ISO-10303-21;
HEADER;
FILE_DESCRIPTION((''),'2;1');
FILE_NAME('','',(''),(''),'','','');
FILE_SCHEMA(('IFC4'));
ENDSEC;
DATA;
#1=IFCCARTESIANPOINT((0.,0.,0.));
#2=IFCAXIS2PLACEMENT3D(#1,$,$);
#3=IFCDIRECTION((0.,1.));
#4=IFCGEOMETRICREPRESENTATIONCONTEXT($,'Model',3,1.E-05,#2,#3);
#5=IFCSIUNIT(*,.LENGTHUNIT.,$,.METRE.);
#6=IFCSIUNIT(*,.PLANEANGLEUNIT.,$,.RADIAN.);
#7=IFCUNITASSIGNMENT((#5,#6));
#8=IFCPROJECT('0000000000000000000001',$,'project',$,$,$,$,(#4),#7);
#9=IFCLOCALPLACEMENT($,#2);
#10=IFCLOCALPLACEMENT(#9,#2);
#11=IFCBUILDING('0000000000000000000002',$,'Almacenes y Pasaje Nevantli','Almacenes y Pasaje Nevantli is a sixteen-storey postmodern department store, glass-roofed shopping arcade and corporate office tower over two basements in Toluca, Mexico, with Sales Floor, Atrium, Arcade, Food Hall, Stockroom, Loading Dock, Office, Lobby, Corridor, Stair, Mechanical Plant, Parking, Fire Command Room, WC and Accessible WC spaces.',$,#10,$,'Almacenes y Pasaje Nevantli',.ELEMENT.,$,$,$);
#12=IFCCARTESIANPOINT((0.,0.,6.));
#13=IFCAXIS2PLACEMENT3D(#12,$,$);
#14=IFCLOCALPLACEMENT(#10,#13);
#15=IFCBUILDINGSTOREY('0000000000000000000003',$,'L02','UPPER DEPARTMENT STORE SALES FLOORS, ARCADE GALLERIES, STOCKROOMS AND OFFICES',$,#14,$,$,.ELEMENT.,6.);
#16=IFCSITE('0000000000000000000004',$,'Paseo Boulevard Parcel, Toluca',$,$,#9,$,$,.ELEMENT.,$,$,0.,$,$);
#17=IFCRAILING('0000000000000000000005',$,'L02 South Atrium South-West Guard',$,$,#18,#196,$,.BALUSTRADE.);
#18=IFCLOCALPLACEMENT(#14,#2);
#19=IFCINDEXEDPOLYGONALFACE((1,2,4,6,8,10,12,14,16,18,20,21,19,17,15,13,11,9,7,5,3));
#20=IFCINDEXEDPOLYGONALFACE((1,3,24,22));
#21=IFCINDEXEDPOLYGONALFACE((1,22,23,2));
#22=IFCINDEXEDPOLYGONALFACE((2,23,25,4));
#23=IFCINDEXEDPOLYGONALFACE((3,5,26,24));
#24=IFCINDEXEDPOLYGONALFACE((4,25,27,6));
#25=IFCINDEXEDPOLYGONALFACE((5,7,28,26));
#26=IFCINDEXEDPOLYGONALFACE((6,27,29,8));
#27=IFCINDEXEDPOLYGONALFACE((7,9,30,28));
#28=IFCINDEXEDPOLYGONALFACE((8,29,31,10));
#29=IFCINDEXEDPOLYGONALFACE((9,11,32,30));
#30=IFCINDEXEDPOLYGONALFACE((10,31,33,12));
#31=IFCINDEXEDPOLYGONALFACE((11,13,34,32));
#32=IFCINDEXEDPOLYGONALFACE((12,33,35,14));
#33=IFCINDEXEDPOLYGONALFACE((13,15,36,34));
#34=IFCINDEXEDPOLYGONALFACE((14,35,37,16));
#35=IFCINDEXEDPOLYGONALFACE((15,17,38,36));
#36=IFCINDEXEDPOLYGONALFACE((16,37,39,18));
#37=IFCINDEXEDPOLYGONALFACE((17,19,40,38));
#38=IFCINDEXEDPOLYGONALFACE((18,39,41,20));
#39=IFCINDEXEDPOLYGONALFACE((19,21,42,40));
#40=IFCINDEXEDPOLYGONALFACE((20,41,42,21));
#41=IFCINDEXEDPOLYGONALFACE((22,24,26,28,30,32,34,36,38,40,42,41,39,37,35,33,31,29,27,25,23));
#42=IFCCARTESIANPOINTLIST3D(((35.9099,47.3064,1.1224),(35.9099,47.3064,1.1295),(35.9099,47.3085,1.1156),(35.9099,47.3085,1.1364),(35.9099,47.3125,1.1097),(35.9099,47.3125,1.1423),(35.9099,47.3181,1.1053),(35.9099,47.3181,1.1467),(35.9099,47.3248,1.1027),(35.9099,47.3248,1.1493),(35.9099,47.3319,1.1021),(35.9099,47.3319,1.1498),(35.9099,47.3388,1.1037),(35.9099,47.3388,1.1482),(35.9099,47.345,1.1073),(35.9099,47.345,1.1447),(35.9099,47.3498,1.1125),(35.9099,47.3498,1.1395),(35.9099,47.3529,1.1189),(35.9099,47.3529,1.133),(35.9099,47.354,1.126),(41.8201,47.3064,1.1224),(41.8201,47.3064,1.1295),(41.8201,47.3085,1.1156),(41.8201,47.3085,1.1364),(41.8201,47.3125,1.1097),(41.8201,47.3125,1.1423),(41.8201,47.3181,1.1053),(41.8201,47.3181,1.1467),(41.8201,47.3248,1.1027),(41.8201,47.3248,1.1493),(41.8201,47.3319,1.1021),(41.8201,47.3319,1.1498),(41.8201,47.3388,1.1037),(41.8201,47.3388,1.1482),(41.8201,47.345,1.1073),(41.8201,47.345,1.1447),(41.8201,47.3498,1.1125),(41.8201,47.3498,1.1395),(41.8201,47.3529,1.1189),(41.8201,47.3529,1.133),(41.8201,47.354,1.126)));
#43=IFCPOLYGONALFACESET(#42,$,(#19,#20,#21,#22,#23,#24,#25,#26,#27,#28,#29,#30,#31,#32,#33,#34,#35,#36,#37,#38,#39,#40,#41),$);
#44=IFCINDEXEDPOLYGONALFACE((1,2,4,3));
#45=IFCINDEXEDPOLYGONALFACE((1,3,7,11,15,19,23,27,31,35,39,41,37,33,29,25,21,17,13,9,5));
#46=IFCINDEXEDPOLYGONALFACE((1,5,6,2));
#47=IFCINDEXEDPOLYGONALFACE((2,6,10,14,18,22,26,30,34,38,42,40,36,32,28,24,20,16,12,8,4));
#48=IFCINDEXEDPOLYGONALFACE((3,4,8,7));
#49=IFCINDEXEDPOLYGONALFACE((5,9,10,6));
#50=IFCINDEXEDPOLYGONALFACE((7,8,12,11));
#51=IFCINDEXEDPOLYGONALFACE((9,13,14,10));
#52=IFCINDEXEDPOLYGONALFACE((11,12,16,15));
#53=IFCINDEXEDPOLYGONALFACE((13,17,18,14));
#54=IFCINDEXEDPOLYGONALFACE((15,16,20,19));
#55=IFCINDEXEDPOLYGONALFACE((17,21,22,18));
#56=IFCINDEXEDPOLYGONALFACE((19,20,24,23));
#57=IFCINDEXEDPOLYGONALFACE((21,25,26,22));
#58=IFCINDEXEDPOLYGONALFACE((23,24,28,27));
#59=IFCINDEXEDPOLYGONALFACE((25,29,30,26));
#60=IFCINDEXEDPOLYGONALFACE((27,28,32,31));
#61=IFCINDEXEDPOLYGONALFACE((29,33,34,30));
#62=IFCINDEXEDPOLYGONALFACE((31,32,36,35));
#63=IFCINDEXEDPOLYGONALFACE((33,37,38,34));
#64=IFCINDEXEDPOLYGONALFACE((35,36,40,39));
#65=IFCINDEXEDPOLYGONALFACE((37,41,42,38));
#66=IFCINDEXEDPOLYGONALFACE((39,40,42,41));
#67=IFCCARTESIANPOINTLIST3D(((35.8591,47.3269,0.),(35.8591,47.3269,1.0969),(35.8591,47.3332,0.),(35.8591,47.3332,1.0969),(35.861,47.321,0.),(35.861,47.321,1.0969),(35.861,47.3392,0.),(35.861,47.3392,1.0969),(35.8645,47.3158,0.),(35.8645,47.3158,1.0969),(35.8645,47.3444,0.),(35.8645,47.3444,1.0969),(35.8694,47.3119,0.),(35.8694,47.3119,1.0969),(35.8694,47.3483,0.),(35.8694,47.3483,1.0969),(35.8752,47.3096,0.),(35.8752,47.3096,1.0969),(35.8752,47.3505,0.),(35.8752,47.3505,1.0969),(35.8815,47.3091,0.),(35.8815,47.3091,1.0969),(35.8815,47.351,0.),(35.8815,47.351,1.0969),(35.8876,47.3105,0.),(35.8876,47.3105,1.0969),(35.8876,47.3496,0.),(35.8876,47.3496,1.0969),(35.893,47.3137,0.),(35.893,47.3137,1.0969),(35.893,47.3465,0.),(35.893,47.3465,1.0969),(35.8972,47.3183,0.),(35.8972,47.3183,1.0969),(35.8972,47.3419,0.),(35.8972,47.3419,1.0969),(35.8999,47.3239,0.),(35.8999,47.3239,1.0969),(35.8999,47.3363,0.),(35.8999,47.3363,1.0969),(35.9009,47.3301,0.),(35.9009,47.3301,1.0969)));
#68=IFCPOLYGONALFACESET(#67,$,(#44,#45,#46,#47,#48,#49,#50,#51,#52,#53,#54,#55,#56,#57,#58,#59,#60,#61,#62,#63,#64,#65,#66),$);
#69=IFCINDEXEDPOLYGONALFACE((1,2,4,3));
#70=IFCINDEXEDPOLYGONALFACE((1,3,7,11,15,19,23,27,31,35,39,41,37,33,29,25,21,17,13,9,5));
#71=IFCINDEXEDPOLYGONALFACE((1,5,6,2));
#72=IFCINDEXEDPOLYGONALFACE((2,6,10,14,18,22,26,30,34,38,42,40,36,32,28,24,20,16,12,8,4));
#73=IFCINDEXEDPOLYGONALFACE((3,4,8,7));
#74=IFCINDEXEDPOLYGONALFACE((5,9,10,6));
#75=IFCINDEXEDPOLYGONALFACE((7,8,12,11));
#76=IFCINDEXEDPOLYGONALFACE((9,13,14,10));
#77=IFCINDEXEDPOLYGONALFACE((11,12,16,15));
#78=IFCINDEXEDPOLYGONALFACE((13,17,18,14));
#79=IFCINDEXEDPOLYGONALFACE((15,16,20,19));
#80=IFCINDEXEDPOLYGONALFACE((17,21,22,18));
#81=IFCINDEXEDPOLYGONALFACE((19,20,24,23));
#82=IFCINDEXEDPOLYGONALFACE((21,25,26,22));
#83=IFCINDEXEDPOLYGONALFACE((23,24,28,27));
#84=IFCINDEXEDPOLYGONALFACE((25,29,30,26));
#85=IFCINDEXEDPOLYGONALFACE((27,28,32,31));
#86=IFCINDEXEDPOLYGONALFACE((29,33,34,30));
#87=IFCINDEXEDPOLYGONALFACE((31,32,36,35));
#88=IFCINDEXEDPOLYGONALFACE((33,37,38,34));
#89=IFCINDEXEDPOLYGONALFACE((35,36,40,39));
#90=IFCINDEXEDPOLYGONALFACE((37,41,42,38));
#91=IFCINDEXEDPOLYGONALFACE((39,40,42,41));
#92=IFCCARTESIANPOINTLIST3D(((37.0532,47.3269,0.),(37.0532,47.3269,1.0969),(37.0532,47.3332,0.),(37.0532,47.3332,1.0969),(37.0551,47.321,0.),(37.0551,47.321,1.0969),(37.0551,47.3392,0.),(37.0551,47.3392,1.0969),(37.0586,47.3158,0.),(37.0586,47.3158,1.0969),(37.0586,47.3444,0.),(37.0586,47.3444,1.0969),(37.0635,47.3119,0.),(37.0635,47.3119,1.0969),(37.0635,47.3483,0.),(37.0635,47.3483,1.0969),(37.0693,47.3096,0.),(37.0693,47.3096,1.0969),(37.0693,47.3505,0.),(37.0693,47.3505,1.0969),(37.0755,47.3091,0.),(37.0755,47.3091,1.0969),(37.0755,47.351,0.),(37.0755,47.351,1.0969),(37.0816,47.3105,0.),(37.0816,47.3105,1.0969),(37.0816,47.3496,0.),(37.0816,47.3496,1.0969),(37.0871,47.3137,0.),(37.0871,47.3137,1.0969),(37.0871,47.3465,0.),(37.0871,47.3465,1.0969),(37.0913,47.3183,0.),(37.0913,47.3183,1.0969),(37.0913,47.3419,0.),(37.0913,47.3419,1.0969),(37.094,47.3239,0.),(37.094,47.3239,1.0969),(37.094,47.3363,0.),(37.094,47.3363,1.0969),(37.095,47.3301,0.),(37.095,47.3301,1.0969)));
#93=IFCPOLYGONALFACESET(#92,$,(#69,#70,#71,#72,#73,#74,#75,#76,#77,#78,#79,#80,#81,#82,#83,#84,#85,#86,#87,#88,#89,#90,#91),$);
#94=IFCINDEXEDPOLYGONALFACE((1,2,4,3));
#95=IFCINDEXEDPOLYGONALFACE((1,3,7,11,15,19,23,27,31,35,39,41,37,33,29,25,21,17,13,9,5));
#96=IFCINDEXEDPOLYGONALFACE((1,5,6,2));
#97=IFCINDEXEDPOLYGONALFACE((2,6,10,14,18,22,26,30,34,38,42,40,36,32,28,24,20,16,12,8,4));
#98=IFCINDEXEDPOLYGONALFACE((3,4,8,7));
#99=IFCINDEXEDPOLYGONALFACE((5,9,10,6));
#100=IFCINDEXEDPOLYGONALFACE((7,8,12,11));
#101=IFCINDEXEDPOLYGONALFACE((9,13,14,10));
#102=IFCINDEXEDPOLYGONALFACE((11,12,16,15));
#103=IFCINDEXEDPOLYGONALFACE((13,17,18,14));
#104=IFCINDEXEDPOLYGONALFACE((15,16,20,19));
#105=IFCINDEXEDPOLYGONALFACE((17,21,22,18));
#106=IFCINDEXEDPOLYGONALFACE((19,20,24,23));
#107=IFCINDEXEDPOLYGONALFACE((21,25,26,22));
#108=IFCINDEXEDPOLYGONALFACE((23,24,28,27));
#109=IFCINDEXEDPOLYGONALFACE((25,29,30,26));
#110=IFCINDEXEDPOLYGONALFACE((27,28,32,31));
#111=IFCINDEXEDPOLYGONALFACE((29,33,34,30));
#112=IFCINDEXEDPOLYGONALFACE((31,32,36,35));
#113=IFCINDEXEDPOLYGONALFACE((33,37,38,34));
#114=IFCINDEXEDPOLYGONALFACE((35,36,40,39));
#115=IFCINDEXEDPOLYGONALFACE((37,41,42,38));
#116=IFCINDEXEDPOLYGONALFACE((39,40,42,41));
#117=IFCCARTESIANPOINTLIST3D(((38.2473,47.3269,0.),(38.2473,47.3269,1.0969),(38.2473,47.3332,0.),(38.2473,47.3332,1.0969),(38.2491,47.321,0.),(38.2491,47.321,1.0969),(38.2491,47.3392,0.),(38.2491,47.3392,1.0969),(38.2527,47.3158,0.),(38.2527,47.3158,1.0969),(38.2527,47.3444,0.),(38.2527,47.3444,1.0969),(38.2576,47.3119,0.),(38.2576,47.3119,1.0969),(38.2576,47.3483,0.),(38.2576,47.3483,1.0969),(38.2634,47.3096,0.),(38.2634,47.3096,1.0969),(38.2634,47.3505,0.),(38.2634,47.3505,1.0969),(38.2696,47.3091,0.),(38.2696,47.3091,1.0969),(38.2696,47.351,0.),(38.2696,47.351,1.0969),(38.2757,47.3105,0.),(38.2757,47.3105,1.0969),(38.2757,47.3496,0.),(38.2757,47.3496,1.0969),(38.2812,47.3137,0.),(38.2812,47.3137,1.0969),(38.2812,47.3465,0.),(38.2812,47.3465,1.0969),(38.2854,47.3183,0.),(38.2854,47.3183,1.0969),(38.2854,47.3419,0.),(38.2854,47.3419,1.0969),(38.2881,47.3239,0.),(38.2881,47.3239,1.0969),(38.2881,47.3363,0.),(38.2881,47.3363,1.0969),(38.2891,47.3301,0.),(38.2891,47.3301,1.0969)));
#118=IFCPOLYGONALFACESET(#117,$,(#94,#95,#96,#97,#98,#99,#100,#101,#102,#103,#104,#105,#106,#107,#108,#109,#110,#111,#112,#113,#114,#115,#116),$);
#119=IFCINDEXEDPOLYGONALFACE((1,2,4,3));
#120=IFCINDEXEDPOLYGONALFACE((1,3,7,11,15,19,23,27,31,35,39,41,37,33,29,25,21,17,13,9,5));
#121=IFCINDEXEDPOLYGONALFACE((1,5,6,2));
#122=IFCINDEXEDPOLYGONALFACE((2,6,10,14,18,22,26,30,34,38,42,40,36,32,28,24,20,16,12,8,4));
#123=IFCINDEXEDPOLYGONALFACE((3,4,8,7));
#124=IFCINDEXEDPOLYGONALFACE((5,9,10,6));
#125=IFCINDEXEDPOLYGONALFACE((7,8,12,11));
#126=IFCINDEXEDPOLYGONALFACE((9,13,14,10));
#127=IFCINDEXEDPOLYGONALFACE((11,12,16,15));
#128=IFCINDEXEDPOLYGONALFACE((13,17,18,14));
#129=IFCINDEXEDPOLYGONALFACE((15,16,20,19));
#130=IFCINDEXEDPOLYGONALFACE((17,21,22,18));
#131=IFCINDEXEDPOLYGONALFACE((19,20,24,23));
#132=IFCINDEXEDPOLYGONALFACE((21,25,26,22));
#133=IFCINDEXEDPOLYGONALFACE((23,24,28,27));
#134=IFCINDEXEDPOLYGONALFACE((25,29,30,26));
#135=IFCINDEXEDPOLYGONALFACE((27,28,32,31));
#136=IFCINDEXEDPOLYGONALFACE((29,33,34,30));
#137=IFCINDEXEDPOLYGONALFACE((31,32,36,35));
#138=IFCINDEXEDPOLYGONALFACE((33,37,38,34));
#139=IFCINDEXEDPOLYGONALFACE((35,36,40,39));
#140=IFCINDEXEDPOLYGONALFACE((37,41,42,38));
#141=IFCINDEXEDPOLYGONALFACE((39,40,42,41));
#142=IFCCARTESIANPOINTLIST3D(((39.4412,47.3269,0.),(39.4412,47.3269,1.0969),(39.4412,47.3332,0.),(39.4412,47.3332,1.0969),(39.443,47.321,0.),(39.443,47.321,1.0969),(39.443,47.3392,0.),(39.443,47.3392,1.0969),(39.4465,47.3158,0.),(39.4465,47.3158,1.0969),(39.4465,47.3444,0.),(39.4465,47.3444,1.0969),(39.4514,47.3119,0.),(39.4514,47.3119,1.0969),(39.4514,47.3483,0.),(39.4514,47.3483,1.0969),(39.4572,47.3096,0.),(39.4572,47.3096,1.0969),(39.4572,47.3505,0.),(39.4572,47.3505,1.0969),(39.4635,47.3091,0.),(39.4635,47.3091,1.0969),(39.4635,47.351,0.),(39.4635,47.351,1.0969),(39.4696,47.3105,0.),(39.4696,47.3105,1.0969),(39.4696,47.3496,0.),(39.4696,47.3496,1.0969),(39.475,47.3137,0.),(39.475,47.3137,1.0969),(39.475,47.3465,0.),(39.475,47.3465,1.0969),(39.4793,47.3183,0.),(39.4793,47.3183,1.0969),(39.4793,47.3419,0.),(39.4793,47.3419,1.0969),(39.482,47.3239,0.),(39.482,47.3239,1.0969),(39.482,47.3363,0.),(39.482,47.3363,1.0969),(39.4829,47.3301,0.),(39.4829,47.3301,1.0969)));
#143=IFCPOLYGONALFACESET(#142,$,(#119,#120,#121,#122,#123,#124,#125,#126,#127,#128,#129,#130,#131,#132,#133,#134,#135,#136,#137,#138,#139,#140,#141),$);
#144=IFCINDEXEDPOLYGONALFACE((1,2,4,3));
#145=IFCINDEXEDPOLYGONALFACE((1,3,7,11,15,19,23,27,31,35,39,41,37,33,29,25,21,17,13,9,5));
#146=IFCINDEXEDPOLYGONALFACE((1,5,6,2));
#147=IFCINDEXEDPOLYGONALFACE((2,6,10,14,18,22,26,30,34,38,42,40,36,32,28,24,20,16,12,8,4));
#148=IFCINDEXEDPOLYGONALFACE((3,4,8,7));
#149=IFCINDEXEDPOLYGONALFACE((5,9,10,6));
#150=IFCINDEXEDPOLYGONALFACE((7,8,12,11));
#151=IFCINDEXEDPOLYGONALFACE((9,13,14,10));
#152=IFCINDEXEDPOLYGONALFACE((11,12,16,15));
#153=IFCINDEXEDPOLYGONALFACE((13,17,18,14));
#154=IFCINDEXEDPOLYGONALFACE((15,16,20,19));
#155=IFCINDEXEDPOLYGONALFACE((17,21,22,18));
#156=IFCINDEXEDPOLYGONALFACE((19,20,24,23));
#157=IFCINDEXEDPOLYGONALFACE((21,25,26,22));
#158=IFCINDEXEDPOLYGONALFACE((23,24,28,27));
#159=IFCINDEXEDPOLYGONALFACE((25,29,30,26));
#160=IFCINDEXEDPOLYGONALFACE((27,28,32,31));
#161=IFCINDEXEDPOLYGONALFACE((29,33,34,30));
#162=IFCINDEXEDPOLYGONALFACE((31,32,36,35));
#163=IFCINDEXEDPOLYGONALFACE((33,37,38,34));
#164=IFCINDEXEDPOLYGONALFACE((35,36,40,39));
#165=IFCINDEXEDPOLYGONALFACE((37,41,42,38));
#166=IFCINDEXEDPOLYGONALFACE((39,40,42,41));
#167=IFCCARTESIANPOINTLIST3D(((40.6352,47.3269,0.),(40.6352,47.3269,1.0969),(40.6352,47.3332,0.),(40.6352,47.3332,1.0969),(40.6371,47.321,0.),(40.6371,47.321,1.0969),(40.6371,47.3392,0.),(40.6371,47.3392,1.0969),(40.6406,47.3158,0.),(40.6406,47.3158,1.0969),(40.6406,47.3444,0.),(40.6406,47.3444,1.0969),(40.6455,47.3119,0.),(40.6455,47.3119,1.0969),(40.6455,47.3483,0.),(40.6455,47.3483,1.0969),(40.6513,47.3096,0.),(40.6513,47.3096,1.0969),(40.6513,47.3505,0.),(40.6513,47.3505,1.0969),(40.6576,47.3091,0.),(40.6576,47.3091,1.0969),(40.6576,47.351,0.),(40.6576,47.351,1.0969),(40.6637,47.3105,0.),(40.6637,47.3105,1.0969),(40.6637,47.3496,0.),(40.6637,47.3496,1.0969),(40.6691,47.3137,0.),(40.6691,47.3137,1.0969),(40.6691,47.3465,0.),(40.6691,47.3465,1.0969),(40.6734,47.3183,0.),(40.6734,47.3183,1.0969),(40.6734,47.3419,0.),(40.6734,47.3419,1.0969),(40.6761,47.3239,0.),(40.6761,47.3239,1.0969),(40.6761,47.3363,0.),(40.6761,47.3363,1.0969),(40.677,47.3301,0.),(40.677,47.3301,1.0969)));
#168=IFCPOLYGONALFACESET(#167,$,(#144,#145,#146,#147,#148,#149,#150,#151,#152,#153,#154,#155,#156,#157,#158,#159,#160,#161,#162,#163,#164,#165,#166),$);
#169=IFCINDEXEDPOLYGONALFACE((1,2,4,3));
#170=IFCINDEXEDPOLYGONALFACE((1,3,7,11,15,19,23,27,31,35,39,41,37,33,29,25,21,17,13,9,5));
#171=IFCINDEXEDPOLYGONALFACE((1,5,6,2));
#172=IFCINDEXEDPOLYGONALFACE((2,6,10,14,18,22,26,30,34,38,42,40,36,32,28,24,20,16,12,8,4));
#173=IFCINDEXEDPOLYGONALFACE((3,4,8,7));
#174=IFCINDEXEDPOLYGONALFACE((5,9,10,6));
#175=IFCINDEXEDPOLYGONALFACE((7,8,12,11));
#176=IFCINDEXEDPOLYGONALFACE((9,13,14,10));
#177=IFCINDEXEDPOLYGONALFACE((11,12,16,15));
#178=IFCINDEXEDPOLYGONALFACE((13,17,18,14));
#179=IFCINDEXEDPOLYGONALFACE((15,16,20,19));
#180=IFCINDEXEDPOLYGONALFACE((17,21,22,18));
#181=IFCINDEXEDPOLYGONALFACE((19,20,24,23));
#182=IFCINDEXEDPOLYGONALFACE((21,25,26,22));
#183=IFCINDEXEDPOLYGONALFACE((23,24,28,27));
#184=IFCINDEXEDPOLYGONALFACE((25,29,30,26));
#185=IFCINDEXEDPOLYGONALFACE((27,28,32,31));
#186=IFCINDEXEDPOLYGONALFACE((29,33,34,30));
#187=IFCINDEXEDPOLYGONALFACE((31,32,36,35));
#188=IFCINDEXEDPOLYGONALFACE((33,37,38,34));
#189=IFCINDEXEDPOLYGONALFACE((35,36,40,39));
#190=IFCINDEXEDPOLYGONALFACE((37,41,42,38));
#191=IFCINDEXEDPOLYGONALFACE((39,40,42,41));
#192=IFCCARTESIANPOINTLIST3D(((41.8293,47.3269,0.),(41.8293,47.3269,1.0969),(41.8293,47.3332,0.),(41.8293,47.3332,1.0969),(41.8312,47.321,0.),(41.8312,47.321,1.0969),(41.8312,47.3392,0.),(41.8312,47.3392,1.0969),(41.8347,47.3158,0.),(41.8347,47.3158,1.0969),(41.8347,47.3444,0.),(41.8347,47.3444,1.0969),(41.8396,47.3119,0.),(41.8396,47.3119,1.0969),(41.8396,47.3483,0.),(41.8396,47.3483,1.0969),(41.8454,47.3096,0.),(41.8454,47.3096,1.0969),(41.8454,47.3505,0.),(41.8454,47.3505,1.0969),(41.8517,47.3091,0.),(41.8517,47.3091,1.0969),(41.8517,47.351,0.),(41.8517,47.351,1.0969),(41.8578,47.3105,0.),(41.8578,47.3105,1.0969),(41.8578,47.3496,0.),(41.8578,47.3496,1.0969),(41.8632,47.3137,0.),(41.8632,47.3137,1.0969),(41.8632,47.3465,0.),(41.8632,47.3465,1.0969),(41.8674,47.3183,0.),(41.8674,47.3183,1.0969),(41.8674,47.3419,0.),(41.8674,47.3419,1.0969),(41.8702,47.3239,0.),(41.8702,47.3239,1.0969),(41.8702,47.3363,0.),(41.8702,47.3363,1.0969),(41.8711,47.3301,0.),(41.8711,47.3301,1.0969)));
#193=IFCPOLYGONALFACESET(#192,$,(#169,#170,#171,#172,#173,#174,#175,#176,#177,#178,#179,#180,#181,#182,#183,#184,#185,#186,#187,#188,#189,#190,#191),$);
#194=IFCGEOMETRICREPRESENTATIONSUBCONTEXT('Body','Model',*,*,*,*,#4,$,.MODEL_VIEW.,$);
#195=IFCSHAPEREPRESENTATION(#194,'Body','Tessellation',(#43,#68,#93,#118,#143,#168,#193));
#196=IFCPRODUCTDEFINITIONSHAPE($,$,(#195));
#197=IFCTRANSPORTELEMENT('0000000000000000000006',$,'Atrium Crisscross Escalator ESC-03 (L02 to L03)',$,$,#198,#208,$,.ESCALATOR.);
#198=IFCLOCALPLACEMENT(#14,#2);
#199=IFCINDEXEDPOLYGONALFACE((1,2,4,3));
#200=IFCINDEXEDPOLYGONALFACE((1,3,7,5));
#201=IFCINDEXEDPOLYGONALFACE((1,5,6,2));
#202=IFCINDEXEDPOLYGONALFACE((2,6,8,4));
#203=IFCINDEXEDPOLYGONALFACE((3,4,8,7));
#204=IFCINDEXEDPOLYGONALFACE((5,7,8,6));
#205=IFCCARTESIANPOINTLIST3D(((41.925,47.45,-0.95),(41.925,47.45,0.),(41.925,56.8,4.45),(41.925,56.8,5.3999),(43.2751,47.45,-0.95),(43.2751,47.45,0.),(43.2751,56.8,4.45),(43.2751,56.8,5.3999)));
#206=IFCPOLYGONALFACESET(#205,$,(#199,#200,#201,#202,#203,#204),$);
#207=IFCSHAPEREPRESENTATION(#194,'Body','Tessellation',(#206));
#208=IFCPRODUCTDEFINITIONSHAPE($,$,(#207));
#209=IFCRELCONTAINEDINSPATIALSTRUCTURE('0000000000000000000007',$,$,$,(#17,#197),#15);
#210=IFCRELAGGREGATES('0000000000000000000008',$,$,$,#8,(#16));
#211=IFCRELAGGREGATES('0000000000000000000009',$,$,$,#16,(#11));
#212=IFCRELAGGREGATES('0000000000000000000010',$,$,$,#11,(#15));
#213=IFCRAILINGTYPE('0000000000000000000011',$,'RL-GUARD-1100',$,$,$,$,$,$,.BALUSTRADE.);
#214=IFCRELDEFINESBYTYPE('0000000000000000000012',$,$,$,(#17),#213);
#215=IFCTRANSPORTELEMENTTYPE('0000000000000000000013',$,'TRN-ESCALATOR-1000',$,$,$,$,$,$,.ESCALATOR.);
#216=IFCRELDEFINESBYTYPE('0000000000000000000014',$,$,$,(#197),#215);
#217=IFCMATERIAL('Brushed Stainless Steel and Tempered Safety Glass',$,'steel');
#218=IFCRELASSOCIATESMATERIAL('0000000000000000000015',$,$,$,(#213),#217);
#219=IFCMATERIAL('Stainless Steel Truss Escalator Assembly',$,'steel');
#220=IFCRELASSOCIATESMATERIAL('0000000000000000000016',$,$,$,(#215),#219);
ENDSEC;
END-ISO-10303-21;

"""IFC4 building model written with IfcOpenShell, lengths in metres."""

from ifc_helpers import new_model, si_unit, direction, frame, origin, origin_2d, place, context, subcontext, project, spatial, polyline, circle, outline, extrude, material, type_object, element, save


model = new_model("IFC4")

# Units and contexts
model_context = context("Model", 3, precision=1e-05, world=origin(), true_north=direction((0.0, 1.0)))
body_context = subcontext(model_context, "Body", "Model", "MODEL_VIEW")
ifc_project = project(units=[si_unit("LENGTHUNIT", "METRE"), si_unit("PLANEANGLEUNIT", "RADIAN")], contexts=[model_context])

# Site, building, storey
site_placement = place(None, origin())
site = spatial("IfcSite", under=ifc_project, at=site_placement, Name="Paseo Boulevard Parcel, Toluca", CompositionType="ELEMENT", RefElevation=0.0)
building_placement = place(site_placement, origin())
building = spatial("IfcBuilding", under=site, at=building_placement, Name="Almacenes y Pasaje Nevantli", Description="Almacenes y Pasaje Nevantli is a sixteen-storey postmodern department store, glass-roofed shopping arcade and corporate office tower over two basements in Toluca, Mexico, with Sales Floor, Atrium, Arcade, Food Hall, Stockroom, Loading Dock, Office, Lobby, Corridor, Stair, Mechanical Plant, Parking, Fire Command Room, WC and Accessible WC spaces.", LongName="Almacenes y Pasaje Nevantli", CompositionType="ELEMENT")
storey_placement = place(building_placement, frame((0.0, 0.0, 6.0)))
storey = spatial("IfcBuildingStorey", under=building, at=storey_placement, Name="L02", Description="UPPER DEPARTMENT STORE SALES FLOORS, ARCADE GALLERIES, STOCKROOMS AND OFFICES", CompositionType="ELEMENT", Elevation=6.0)

# Railing
ifc_material_1 = material(Name="Brushed Stainless Steel and Tempered Safety Glass", Category="steel")
railing_type = type_object("IfcRailingType", Name="RL-GUARD-1100", PredefinedType="BALUSTRADE", material=ifc_material_1)
railing_1_placement = place(storey_placement, frame((35.8799, 47.3301, 0.0)))
element("IfcRailing", 1, at=railing_1_placement, inside=storey, type_object=railing_type, Name="L02 South Atrium South-West Guard", PredefinedType="BALUSTRADE", context=body_context, shape_type="SweptSolid", body=[
    extrude(circle(Radius=0.0239, at=origin_2d()), frame((0.03, 0.0, 1.126), z_axis=(1.0, 0.0, 0.0), x_axis=(0.0, 1.0, 0.0)), (0.0, 0.0, 1.0), 5.9102),
    extrude(circle(Radius=0.021, at=origin_2d()), origin(), (0.0, 0.0, 1.0), 1.0969),
    extrude(circle(Radius=0.021, at=origin_2d()), frame((1.1941, 0.0, 0.0)), (0.0, 0.0, 1.0), 1.0969),
    extrude(circle(Radius=0.021, at=origin_2d()), frame((2.3882, 0.0, 0.0)), (0.0, 0.0, 1.0), 1.0969),
    extrude(circle(Radius=0.021, at=origin_2d()), frame((3.582, 0.0, 0.0)), (0.0, 0.0, 1.0), 1.0969),
    extrude(circle(Radius=0.021, at=origin_2d()), frame((4.7761, 0.0, 0.0)), (0.0, 0.0, 1.0), 1.0969),
    extrude(circle(Radius=0.021, at=origin_2d()), frame((5.9702, 0.0, 0.0)), (0.0, 0.0, 1.0), 1.0969),
])

# Transport element
ifc_material_2 = material(Name="Stainless Steel Truss Escalator Assembly", Category="steel")
transport_element_type = type_object("IfcTransportElementType", Name="TRN-ESCALATOR-1000", PredefinedType="ESCALATOR", material=ifc_material_2)
transport_element_placement = place(storey_placement, frame((42.6001, 47.45, 0.0), z_axis=(0.0, 0.0, 1.0), x_axis=(0.0, 1.0, 0.0)))
element("IfcTransportElement", 2, at=transport_element_placement, inside=storey, type_object=transport_element_type, Name="Atrium Crisscross Escalator ESC-03 (L02 to L03)", PredefinedType="ESCALATOR", context=body_context, shape_type="SweptSolid", body=[
    extrude(outline(polyline([(0.0, -0.95), (9.3501, 4.45), (9.3501, 5.3999), (0.0, 0.0), (0.0, -0.95)])), frame((0.0, 0.675, 0.0), z_axis=(0.0, -1.0, 0.0), x_axis=(1.0, 0.0, 0.0)), (0.0, 0.0, 1.0), 1.3501),
])

save(model, "model.ifc")
